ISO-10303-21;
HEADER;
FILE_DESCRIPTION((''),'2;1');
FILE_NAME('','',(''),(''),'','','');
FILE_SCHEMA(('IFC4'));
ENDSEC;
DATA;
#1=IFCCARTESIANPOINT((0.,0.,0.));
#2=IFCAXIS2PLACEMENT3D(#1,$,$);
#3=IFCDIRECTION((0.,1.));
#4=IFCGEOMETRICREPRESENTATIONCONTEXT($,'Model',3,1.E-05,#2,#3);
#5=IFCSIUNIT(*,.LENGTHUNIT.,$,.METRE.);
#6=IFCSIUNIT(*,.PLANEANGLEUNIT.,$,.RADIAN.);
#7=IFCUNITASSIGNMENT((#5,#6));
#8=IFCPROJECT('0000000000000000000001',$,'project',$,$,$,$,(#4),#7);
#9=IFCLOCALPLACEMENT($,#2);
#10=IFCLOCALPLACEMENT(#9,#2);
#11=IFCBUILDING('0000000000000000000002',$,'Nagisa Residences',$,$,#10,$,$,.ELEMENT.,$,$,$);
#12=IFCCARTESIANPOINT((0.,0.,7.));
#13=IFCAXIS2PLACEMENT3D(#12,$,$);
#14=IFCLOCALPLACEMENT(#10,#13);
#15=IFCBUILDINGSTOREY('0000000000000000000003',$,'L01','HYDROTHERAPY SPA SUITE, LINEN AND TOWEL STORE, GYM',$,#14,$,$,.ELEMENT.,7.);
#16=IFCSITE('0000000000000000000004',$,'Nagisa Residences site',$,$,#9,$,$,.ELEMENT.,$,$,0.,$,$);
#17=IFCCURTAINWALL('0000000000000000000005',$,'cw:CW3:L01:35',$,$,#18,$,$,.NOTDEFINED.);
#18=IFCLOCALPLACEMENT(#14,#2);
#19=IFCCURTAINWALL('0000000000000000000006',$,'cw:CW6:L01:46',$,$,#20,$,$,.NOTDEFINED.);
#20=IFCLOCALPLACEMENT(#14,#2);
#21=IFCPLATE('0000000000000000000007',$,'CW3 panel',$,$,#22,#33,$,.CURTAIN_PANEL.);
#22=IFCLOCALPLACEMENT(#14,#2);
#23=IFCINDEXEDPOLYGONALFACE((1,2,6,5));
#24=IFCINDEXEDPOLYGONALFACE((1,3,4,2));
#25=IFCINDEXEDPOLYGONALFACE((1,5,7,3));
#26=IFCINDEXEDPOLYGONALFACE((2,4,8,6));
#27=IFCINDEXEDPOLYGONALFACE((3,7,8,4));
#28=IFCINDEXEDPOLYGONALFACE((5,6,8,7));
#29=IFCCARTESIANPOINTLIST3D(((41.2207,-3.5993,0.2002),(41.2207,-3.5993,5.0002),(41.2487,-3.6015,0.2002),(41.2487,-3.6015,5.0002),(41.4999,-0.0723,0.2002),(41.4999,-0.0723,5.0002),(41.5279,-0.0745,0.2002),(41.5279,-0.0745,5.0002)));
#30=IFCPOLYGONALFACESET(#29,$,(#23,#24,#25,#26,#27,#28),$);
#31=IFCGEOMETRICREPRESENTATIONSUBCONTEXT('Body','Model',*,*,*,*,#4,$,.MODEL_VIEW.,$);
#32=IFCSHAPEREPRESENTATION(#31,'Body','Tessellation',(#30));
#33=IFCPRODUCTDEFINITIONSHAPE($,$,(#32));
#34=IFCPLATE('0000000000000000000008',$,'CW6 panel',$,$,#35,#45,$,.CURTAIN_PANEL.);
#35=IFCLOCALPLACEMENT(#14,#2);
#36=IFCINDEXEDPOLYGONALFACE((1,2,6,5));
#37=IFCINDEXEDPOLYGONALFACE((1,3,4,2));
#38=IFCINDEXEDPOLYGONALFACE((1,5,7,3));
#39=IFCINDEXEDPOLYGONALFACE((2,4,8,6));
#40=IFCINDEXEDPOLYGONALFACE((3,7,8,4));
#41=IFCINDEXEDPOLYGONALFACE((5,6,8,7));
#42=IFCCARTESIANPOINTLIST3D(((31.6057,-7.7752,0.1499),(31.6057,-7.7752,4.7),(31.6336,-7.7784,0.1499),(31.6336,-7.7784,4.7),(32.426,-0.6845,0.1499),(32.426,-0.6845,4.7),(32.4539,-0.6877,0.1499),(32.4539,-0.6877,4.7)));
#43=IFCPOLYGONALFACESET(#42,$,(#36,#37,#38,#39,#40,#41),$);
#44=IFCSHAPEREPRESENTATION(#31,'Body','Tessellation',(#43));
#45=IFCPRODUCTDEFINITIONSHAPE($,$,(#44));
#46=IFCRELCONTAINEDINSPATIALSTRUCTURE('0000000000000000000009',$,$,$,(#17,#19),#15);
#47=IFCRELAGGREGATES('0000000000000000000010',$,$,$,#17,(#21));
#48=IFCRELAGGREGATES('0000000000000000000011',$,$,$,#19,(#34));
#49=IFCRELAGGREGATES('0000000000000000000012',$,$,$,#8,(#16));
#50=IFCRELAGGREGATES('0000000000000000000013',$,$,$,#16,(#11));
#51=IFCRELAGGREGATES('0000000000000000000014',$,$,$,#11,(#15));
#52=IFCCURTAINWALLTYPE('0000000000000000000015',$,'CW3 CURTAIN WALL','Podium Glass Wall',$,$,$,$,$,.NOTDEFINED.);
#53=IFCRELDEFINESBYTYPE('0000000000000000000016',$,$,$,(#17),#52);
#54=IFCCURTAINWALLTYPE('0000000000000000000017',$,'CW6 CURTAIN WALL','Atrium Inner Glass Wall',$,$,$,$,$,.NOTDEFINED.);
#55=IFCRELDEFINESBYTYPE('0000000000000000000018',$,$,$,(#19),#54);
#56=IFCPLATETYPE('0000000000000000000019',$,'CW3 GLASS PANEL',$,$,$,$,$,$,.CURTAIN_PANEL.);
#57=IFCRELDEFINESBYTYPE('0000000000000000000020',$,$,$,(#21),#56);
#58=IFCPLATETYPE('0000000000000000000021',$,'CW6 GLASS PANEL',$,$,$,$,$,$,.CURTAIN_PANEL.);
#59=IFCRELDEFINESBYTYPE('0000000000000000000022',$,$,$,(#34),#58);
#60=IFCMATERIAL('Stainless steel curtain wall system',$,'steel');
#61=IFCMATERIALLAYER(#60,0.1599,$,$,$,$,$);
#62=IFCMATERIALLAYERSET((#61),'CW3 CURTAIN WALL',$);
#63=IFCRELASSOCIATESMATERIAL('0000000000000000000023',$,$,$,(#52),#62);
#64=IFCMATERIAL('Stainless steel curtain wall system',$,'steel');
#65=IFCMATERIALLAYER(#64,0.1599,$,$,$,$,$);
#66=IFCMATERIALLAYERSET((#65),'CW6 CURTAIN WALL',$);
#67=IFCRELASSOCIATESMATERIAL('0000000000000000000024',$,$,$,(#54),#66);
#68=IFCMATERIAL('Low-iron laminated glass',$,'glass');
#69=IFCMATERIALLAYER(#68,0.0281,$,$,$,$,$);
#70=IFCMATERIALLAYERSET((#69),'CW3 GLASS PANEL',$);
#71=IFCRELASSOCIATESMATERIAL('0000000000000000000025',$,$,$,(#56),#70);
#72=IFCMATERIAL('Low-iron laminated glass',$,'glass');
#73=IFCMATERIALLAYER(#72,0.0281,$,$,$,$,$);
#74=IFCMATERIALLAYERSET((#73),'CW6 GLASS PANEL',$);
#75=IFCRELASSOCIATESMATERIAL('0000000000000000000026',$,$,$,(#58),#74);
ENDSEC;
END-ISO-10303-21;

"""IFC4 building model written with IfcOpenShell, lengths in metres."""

from ifc_helpers import new_model, si_unit, direction, frame, origin, origin_2d, place, context, subcontext, project, spatial, rectangle, extrude, material, layer, layer_set, type_object, element, aggregate, save


model = new_model("IFC4")

# Units and contexts
model_context = context("Model", 3, precision=1e-05, world=origin(), true_north=direction((0.0, 1.0)))
body_context = subcontext(model_context, "Body", "Model", "MODEL_VIEW")
ifc_project = project(units=[si_unit("LENGTHUNIT", "METRE"), si_unit("PLANEANGLEUNIT", "RADIAN")], contexts=[model_context])

# Site, building, storey
site_placement = place(None, origin())
site = spatial("IfcSite", under=ifc_project, at=site_placement, Name="Nagisa Residences site", CompositionType="ELEMENT", RefElevation=0.0)
building_placement = place(site_placement, origin())
building = spatial("IfcBuilding", under=site, at=building_placement, Name="Nagisa Residences", CompositionType="ELEMENT")
storey_placement = place(building_placement, frame((0.0, 0.0, 7.0)))
storey = spatial("IfcBuildingStorey", under=building, at=storey_placement, Name="L01", Description="HYDROTHERAPY SPA SUITE, LINEN AND TOWEL STORE, GYM", CompositionType="ELEMENT", Elevation=7.0)

# Shared definitions
ifc_material_1 = material(Name="Stainless steel curtain wall system", Category="steel")
ifc_layer_1 = layer(ifc_material_1, 0.1599)
ifc_layer_set_1 = layer_set([ifc_layer_1], Name="CW3 CURTAIN WALL")
curtain_wall_type_1 = type_object("IfcCurtainWallType", Name="CW3 CURTAIN WALL", Description="Podium Glass Wall", PredefinedType="NOTDEFINED", material=ifc_layer_set_1)

# Curtain wall
curtain_wall_1_placement = place(storey_placement, origin())
curtain_wall_1 = element("IfcCurtainWall", 1, at=curtain_wall_1_placement, inside=storey, type_object=curtain_wall_type_1, Name="cw:CW3:L01:35", PredefinedType="NOTDEFINED")

# Curtain wall
ifc_material_2 = material(Name="Stainless steel curtain wall system", Category="steel")
ifc_layer_2 = layer(ifc_material_2, 0.1599)
ifc_layer_set_2 = layer_set([ifc_layer_2], Name="CW6 CURTAIN WALL")
curtain_wall_type_2 = type_object("IfcCurtainWallType", Name="CW6 CURTAIN WALL", Description="Atrium Inner Glass Wall", PredefinedType="NOTDEFINED", material=ifc_layer_set_2)
curtain_wall_2_placement = place(storey_placement, origin())
curtain_wall_2 = element("IfcCurtainWall", 2, at=curtain_wall_2_placement, inside=storey, type_object=curtain_wall_type_2, Name="cw:CW6:L01:46", PredefinedType="NOTDEFINED")

# Plates
ifc_material_3 = material(Name="Low-iron laminated glass", Category="glass")
ifc_layer_3 = layer(ifc_material_3, 0.0281)
ifc_layer_set_3 = layer_set([ifc_layer_3], Name="CW3 GLASS PANEL")
plate_type_1 = type_object("IfcPlateType", Name="CW3 GLASS PANEL", PredefinedType="CURTAIN_PANEL", material=ifc_layer_set_3)
plate_1_placement = place(storey_placement, frame((41.3743, -1.8369, 0.2002), z_axis=(0.0, 0.0, 1.0), x_axis=(0.07891, 0.996882, 0.0)))
plate_1 = element("IfcPlate", 3, at=plate_1_placement, type_object=plate_type_1, Name="CW3 panel", PredefinedType="CURTAIN_PANEL", context=body_context, shape_type="SweptSolid", body=[
    extrude(rectangle(XDim=3.5381, YDim=0.0281, at=origin_2d()), origin(), (0.0, 0.0, 1.0), 4.8),
])
aggregate(curtain_wall_1, [plate_1])
ifc_material_4 = material(Name="Low-iron laminated glass", Category="glass")
ifc_layer_4 = layer(ifc_material_4, 0.0281)
ifc_layer_set_4 = layer_set([ifc_layer_4], Name="CW6 GLASS PANEL")
plate_type_2 = type_object("IfcPlateType", Name="CW6 GLASS PANEL", PredefinedType="CURTAIN_PANEL", material=ifc_layer_set_4)
plate_2_placement = place(storey_placement, frame((32.0298, -4.2314, 0.1499), z_axis=(0.0, 0.0, 1.0), x_axis=(0.114928, 0.993374, 0.0)))
plate_2 = element("IfcPlate", 4, at=plate_2_placement, type_object=plate_type_2, Name="CW6 panel", PredefinedType="CURTAIN_PANEL", context=body_context, shape_type="SweptSolid", body=[
    extrude(rectangle(XDim=7.1379, YDim=0.0281, at=origin_2d()), origin(), (0.0, 0.0, 1.0), 4.55),
])
aggregate(curtain_wall_2, [plate_2])

save(model, "model.ifc")
